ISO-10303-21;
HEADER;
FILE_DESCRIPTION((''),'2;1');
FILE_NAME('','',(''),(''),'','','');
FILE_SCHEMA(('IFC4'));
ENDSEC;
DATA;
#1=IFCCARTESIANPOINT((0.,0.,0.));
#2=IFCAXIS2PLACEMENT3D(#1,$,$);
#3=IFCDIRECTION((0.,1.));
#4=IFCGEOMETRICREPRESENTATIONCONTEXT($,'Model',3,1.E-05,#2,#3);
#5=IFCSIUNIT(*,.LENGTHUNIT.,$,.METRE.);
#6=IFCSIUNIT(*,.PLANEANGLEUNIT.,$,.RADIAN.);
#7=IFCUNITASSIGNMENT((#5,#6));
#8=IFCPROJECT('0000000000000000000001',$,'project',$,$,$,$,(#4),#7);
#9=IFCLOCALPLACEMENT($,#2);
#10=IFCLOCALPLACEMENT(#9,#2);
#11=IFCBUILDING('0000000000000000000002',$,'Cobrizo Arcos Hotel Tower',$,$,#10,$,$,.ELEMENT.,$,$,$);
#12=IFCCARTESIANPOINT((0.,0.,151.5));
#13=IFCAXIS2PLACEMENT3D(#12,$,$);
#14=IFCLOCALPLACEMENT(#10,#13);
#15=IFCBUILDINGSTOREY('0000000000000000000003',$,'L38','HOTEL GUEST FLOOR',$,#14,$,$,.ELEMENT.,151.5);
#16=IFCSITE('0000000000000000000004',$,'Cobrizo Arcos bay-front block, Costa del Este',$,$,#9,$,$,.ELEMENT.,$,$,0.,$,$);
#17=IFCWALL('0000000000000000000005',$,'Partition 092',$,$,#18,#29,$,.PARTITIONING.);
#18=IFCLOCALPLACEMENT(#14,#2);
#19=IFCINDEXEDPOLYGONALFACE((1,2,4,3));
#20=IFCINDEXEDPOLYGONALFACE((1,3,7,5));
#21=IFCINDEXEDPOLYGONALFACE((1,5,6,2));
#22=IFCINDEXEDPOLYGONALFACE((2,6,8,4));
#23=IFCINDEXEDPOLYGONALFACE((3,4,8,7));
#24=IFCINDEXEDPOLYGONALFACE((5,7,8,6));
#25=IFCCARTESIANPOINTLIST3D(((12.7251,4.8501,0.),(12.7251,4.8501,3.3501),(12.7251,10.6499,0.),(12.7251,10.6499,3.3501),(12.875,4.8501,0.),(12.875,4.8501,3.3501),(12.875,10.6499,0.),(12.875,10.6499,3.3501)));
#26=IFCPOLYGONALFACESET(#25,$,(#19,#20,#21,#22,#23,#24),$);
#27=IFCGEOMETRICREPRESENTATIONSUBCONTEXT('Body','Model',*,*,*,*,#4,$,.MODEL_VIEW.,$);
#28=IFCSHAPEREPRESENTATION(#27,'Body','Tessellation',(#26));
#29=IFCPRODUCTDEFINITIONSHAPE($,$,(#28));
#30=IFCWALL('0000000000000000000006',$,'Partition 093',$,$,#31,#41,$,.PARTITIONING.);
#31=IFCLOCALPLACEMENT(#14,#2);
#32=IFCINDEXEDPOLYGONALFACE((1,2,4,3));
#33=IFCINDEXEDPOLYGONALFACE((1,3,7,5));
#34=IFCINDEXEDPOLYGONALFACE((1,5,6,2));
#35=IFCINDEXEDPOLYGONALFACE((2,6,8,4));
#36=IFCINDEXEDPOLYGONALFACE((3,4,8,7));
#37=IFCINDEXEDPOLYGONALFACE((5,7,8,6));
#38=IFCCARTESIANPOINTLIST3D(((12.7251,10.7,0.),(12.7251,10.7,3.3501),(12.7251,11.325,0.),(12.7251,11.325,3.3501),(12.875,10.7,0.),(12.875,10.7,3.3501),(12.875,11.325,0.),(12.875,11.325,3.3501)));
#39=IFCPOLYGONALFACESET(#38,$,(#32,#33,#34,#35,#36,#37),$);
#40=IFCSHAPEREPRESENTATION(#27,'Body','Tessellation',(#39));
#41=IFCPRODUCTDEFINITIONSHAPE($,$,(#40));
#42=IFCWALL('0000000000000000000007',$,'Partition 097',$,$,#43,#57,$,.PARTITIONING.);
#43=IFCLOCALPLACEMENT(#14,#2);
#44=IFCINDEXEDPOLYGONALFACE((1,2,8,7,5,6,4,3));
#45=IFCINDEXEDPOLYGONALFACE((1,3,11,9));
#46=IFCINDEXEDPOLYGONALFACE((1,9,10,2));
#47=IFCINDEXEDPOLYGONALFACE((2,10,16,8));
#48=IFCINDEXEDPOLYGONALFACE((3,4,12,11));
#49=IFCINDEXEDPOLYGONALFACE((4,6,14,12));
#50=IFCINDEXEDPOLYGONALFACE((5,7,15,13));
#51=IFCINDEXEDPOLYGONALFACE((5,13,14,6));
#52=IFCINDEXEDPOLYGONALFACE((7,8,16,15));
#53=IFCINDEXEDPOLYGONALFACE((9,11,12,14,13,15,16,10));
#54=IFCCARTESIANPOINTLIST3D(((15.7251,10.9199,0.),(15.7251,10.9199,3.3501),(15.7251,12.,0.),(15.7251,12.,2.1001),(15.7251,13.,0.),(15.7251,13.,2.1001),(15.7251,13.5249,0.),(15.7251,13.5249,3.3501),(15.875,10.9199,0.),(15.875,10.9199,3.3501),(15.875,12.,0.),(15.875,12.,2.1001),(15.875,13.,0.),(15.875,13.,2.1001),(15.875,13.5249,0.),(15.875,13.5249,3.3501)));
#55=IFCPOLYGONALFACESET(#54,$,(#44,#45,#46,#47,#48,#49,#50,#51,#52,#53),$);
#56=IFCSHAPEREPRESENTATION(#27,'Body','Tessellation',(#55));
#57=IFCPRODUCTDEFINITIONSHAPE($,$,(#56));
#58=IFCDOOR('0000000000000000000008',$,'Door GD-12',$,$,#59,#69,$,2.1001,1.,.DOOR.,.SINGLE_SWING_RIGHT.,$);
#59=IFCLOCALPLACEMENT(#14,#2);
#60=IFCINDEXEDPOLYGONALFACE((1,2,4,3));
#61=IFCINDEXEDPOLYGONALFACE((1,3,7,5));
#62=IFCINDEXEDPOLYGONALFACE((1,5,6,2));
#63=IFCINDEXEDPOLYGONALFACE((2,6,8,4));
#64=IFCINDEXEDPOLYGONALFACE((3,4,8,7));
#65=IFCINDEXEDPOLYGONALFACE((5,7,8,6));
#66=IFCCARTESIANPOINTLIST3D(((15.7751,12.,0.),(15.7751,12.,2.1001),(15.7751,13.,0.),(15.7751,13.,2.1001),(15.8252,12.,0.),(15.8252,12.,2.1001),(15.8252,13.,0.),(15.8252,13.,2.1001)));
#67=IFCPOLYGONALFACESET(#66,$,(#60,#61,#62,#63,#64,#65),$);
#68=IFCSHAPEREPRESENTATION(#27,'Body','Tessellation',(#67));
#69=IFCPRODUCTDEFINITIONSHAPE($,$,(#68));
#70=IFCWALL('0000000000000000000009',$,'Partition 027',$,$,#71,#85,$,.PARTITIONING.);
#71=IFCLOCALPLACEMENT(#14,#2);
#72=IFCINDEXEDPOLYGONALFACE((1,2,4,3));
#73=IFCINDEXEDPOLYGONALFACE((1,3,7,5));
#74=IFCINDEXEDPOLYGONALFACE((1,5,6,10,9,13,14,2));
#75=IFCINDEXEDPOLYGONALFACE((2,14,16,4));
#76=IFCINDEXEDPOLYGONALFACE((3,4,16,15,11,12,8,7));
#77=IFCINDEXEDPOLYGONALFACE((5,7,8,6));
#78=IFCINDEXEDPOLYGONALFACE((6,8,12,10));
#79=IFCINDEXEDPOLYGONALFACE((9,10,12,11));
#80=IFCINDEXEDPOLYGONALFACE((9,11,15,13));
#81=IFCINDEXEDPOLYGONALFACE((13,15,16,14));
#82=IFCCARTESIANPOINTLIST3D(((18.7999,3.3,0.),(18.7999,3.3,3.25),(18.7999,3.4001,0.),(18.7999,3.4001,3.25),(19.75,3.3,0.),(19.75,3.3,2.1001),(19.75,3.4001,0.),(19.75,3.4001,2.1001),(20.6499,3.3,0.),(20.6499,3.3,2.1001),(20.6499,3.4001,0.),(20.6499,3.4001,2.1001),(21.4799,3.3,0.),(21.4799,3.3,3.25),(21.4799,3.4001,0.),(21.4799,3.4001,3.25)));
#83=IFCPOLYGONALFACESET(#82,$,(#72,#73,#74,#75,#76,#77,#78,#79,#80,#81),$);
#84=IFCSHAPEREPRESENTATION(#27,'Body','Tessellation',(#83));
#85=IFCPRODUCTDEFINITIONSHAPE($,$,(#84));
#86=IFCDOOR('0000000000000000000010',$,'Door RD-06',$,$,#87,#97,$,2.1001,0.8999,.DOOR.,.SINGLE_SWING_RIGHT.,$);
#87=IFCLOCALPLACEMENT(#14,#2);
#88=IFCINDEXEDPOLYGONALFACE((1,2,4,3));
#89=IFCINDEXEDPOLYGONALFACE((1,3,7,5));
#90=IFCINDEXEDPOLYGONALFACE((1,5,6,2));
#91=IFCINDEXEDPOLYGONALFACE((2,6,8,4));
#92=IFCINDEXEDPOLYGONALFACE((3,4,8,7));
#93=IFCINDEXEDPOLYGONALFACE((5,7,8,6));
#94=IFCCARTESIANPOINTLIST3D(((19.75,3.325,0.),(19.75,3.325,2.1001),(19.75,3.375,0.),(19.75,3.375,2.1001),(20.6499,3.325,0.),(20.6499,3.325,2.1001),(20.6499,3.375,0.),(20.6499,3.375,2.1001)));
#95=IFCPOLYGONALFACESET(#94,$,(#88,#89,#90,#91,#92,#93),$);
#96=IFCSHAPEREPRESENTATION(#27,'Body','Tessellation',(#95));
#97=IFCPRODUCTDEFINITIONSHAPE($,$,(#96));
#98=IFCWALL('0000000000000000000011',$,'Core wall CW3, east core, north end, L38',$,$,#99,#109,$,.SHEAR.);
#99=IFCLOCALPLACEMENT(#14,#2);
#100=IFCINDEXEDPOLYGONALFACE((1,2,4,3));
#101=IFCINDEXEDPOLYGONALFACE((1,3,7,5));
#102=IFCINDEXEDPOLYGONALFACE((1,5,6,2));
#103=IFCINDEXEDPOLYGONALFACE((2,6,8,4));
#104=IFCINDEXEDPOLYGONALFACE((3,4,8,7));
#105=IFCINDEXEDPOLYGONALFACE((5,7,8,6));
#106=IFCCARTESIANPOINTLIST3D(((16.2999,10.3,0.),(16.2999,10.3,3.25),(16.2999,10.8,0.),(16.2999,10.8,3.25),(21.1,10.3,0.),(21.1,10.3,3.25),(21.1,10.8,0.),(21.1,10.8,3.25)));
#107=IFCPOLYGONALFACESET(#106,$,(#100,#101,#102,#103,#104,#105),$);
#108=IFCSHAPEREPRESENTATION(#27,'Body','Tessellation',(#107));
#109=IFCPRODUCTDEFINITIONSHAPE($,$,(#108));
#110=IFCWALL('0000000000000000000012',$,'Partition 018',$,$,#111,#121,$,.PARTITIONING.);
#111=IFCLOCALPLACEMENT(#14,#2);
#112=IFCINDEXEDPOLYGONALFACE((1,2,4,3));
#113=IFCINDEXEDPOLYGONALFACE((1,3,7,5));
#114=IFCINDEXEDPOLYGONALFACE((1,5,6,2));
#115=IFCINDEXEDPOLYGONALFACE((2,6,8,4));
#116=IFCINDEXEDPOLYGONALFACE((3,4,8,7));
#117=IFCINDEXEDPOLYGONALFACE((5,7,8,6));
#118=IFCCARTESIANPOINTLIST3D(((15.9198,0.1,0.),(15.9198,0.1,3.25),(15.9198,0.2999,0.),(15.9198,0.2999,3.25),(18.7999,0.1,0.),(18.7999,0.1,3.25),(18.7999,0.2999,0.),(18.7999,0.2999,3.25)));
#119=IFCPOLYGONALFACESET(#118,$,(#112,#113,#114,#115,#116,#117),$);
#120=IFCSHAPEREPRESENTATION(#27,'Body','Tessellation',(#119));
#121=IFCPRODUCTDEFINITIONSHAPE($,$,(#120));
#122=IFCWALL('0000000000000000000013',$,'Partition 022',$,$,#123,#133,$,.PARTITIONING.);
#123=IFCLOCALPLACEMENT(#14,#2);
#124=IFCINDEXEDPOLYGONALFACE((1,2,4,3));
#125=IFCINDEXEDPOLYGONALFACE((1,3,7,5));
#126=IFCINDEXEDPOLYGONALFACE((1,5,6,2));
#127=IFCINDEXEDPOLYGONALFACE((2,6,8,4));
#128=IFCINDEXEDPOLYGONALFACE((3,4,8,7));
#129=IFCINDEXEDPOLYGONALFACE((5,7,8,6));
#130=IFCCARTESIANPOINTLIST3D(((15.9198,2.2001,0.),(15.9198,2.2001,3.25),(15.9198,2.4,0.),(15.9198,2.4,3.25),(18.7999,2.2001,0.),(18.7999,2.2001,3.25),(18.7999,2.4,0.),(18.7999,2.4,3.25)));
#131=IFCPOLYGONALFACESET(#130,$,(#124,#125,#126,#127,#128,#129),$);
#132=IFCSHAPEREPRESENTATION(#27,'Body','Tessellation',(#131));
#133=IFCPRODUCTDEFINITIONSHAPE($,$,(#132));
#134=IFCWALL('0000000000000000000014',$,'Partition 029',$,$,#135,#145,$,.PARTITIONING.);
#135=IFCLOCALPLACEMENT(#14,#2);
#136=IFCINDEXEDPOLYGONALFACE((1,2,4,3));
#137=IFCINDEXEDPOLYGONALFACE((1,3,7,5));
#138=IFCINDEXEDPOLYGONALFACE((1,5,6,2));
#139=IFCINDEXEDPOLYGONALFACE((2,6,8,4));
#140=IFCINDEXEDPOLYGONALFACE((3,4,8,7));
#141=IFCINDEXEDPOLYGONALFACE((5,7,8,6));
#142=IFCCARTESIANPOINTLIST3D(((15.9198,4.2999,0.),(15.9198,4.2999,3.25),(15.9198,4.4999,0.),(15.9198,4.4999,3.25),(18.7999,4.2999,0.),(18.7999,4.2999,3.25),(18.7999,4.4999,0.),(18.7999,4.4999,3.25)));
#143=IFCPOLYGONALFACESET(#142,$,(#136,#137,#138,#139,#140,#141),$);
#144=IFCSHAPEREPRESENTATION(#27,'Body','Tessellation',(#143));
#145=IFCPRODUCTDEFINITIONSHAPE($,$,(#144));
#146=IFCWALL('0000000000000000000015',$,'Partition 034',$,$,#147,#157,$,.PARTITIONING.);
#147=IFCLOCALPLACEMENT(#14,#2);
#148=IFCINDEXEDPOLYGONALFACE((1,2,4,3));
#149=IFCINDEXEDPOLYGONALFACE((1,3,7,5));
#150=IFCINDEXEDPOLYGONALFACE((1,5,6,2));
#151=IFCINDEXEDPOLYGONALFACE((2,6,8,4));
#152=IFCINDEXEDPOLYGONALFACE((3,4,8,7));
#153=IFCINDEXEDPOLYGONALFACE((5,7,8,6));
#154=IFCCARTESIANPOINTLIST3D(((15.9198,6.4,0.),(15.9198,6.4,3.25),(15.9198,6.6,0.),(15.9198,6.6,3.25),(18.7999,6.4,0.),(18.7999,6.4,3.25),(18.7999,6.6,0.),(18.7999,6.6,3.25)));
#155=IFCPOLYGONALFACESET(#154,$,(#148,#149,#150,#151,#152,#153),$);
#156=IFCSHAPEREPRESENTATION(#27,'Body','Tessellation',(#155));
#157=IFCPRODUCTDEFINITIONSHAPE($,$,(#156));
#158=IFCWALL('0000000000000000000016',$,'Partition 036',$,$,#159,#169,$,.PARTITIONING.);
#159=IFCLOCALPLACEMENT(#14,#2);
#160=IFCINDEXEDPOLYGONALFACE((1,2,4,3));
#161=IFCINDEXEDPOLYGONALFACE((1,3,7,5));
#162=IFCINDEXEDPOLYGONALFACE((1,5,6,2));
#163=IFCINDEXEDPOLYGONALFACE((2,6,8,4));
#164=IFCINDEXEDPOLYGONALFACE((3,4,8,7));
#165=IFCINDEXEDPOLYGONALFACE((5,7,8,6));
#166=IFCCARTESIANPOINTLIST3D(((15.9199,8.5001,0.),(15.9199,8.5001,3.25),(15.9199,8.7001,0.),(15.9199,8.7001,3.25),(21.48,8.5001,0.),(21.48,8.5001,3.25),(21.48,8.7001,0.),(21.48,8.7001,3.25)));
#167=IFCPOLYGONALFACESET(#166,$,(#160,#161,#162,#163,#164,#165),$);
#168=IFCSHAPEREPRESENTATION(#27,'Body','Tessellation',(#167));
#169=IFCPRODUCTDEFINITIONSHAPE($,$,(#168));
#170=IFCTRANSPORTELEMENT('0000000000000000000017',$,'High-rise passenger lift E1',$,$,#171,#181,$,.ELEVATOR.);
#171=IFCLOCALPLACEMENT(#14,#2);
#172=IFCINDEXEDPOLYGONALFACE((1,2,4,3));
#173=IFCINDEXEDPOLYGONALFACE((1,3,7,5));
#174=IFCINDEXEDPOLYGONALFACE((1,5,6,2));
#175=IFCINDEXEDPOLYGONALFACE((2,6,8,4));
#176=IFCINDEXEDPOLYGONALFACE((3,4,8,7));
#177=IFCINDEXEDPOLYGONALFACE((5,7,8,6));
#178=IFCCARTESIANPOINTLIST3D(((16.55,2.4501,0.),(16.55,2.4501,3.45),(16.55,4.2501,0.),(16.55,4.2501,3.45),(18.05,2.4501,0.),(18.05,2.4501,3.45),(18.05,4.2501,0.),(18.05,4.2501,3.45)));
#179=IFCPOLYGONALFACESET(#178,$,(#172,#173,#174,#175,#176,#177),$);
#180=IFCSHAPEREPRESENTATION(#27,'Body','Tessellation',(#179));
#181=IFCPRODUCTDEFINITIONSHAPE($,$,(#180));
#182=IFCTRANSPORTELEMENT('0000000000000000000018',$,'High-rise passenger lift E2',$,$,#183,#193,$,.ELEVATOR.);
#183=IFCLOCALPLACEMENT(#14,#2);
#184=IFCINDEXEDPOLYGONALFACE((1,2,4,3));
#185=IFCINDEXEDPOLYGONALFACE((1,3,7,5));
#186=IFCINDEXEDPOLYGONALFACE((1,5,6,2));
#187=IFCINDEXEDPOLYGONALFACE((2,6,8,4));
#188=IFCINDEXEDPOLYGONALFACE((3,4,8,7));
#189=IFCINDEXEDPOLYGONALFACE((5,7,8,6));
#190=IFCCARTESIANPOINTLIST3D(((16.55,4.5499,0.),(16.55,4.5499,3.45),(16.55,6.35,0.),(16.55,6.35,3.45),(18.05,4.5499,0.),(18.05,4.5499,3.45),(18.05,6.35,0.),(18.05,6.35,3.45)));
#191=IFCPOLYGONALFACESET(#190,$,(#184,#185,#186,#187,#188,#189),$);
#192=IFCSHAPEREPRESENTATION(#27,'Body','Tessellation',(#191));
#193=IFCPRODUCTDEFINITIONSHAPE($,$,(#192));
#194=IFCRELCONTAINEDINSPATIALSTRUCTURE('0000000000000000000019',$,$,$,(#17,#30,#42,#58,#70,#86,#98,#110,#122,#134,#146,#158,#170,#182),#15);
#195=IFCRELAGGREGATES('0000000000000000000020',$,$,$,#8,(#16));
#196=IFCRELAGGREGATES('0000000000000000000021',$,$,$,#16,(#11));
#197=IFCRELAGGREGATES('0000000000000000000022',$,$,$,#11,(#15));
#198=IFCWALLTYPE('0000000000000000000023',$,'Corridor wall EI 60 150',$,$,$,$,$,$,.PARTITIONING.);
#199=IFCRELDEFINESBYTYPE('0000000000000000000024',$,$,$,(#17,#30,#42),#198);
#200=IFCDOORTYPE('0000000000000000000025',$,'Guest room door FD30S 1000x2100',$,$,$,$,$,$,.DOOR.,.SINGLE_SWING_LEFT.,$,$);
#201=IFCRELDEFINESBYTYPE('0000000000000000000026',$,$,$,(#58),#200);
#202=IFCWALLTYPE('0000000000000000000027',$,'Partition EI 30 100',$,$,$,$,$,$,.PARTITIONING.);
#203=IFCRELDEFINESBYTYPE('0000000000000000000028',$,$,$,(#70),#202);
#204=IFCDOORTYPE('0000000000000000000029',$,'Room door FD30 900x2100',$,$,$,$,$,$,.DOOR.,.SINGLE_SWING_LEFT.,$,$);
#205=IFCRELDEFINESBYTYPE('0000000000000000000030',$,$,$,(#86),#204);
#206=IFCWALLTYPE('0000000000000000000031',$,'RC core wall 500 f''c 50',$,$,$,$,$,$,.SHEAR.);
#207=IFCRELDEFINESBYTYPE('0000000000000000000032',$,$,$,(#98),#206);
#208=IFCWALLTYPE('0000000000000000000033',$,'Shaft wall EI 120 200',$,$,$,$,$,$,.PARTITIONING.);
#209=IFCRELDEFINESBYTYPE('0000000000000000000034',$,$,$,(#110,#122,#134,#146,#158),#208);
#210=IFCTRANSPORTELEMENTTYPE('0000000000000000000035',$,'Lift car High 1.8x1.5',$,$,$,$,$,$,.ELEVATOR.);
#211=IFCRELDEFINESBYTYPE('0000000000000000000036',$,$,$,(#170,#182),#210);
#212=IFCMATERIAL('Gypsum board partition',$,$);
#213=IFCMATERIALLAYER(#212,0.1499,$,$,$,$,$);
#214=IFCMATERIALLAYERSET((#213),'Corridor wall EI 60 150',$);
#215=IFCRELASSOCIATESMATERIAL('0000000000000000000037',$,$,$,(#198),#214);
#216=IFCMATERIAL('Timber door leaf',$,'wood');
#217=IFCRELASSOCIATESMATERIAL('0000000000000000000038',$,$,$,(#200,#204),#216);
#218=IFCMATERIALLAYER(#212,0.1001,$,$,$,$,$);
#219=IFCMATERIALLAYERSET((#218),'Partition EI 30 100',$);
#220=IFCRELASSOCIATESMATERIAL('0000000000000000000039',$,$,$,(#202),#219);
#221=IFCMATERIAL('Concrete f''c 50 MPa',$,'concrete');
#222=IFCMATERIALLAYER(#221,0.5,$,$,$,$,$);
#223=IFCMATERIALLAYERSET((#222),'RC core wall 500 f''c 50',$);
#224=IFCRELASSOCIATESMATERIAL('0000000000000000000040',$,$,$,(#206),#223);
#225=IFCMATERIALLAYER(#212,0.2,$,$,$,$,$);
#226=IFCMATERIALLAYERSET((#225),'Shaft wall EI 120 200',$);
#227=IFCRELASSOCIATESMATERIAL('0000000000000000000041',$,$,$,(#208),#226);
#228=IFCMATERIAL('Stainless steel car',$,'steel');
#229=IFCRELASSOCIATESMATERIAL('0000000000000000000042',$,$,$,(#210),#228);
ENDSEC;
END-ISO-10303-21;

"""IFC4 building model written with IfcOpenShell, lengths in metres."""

from ifc_helpers import new_model, si_unit, direction, frame, frame_2d, origin, origin_2d, place, context, subcontext, project, spatial, rectangle, extrude, material, layer, layer_set, type_object, element, fill, save


model = new_model("IFC4")

# Units and contexts
model_context = context("Model", 3, precision=1e-05, world=origin(), true_north=direction((0.0, 1.0)))
body_context = subcontext(model_context, "Body", "Model", "MODEL_VIEW")
ifc_project = project(units=[si_unit("LENGTHUNIT", "METRE"), si_unit("PLANEANGLEUNIT", "RADIAN")], contexts=[model_context])

# Site, building, storey
site_placement = place(None, origin())
site = spatial("IfcSite", under=ifc_project, at=site_placement, Name="Cobrizo Arcos bay-front block, Costa del Este", CompositionType="ELEMENT", RefElevation=0.0)
building_placement = place(site_placement, origin())
building = spatial("IfcBuilding", under=site, at=building_placement, Name="Cobrizo Arcos Hotel Tower", CompositionType="ELEMENT")
storey_placement = place(building_placement, frame((0.0, 0.0, 151.5)))
storey = spatial("IfcBuildingStorey", under=building, at=storey_placement, Name="L38", Description="HOTEL GUEST FLOOR", CompositionType="ELEMENT", Elevation=151.5)

# Walls
ifc_material_1 = material(Name="Gypsum board partition")
ifc_layer_1 = layer(ifc_material_1, 0.1499)
ifc_layer_set_1 = layer_set([ifc_layer_1], Name="Corridor wall EI 60 150")
wall_type_1 = type_object("IfcWallType", Name="Corridor wall EI 60 150", PredefinedType="PARTITIONING", material=ifc_layer_set_1)
wall_1_placement = place(storey_placement, frame((12.8, 4.8501, 0.0), z_axis=(0.0, 0.0, 1.0), x_axis=(0.0, 1.0, 0.0)))
element("IfcWall", 1, at=wall_1_placement, inside=storey, type_object=wall_type_1, Name="Partition 092", PredefinedType="PARTITIONING", context=body_context, shape_type="SweptSolid", body=[
    extrude(rectangle(XDim=5.7998, YDim=0.1499, at=frame_2d((2.8999, 0.0))), origin(), (0.0, 0.0, 1.0), 3.3501),
])
wall_2_placement = place(storey_placement, frame((12.8, 10.7, 0.0), z_axis=(0.0, 0.0, 1.0), x_axis=(0.0, 1.0, 0.0)))
element("IfcWall", 2, at=wall_2_placement, inside=storey, type_object=wall_type_1, Name="Partition 093", PredefinedType="PARTITIONING", context=body_context, shape_type="SweptSolid", body=[
    extrude(rectangle(XDim=0.625, YDim=0.1499, at=frame_2d((0.3125, 0.0))), origin(), (0.0, 0.0, 1.0), 3.3501),
])

# Walls, openings, doors
wall_3_placement = place(storey_placement, frame((15.8, 10.9199, 0.0), z_axis=(0.0, 0.0, 1.0), x_axis=(0.0, 1.0, 0.0)))
wall_3 = element("IfcWall", 3, at=wall_3_placement, inside=storey, type_object=wall_type_1, Name="Partition 097", PredefinedType="PARTITIONING", context=body_context, shape_type="SweptSolid", body=[
    extrude(rectangle(XDim=2.605, YDim=0.1499, at=frame_2d((1.3025, 0.0))), origin(), (0.0, 0.0, 1.0), 3.3501),
])
opening_1_placement = place(wall_3_placement, frame((1.0801, 0.0, 0.0)))
opening_1 = element("IfcOpeningElement", 4, at=opening_1_placement, cuts=wall_3, PredefinedType="OPENING", context=body_context, shape_type="SweptSolid", body=[
    extrude(rectangle(XDim=1.0, YDim=2.1001, at=frame_2d((0.5, 1.05))), frame((0.0, 0.0869, 0.0), z_axis=(0.0, -1.0, 0.0), x_axis=(1.0, 0.0, 0.0)), (0.0, 0.0, 1.0), 0.1738),
])
ifc_material_2 = material(Name="Timber door leaf", Category="wood")
door_type_1 = type_object("IfcDoorType", Name="Guest room door FD30S 1000x2100", OperationType="SINGLE_SWING_LEFT", PredefinedType="DOOR", material=ifc_material_2)
door_1_placement = place(opening_1_placement, origin())
door_1 = element("IfcDoor", 5, at=door_1_placement, inside=storey, type_object=door_type_1, Name="Door GD-12", OperationType="SINGLE_SWING_RIGHT", OverallHeight=2.1001, OverallWidth=1.0, PredefinedType="DOOR", context=body_context, shape_type="SweptSolid", body=[
    extrude(rectangle(XDim=1.0, YDim=2.1001, at=frame_2d((0.5, 1.05))), frame((0.0, 0.0249, 0.0), z_axis=(0.0, -1.0, 0.0), x_axis=(1.0, 0.0, 0.0)), (0.0, 0.0, 1.0), 0.05),
])
fill(opening_1, door_1)
ifc_layer_2 = layer(ifc_material_1, 0.1001)
ifc_layer_set_2 = layer_set([ifc_layer_2], Name="Partition EI 30 100")
wall_type_2 = type_object("IfcWallType", Name="Partition EI 30 100", PredefinedType="PARTITIONING", material=ifc_layer_set_2)
wall_4_placement = place(storey_placement, frame((18.8, 3.3501, 0.0), z_axis=(0.0, 0.0, 1.0), x_axis=(1.0, 0.0, 0.0)))
wall_4 = element("IfcWall", 6, at=wall_4_placement, inside=storey, type_object=wall_type_2, Name="Partition 027", PredefinedType="PARTITIONING", context=body_context, shape_type="SweptSolid", body=[
    extrude(rectangle(XDim=2.6799, YDim=0.1001, at=frame_2d((1.3398, 0.0))), origin(), (0.0, 0.0, 1.0), 3.25),
])
opening_2_placement = place(wall_4_placement, frame((0.95, 0.0, 0.0)))
opening_2 = element("IfcOpeningElement", 7, at=opening_2_placement, cuts=wall_4, PredefinedType="OPENING", context=body_context, shape_type="SweptSolid", body=[
    extrude(rectangle(XDim=0.8999, YDim=2.1001, at=frame_2d((0.45, 1.05))), frame((0.0, 0.062, 0.0), z_axis=(0.0, -1.0, 0.0), x_axis=(1.0, 0.0, 0.0)), (0.0, 0.0, 1.0), 0.124),
])
door_type_2 = type_object("IfcDoorType", Name="Room door FD30 900x2100", OperationType="SINGLE_SWING_LEFT", PredefinedType="DOOR", material=ifc_material_2)
door_2_placement = place(opening_2_placement, origin())
door_2 = element("IfcDoor", 8, at=door_2_placement, inside=storey, type_object=door_type_2, Name="Door RD-06", OperationType="SINGLE_SWING_RIGHT", OverallHeight=2.1001, OverallWidth=0.8999, PredefinedType="DOOR", context=body_context, shape_type="SweptSolid", body=[
    extrude(rectangle(XDim=0.8999, YDim=2.1001, at=frame_2d((0.45, 1.05))), frame((0.0, 0.0249, 0.0), z_axis=(0.0, -1.0, 0.0), x_axis=(1.0, 0.0, 0.0)), (0.0, 0.0, 1.0), 0.05),
])
fill(opening_2, door_2)

# Walls
ifc_material_3 = material(Name="Concrete f'c 50 MPa", Category="concrete")
ifc_layer_3 = layer(ifc_material_3, 0.5)
ifc_layer_set_3 = layer_set([ifc_layer_3], Name="RC core wall 500 f'c 50")
wall_type_3 = type_object("IfcWallType", Name="RC core wall 500 f'c 50", PredefinedType="SHEAR", material=ifc_layer_set_3)
wall_5_placement = place(storey_placement, frame((16.3, 10.55, 0.0), z_axis=(0.0, 0.0, 1.0), x_axis=(1.0, 0.0, 0.0)))
element("IfcWall", 9, at=wall_5_placement, inside=storey, type_object=wall_type_3, Name="Core wall CW3, east core, north end, L38", PredefinedType="SHEAR", context=body_context, shape_type="SweptSolid", body=[
    extrude(rectangle(XDim=4.8, YDim=0.5, at=frame_2d((2.3999, 0.0))), origin(), (0.0, 0.0, 1.0), 3.25),
])
ifc_layer_4 = layer(ifc_material_1, 0.2)
ifc_layer_set_4 = layer_set([ifc_layer_4], Name="Shaft wall EI 120 200")
wall_type_4 = type_object("IfcWallType", Name="Shaft wall EI 120 200", PredefinedType="PARTITIONING", material=ifc_layer_set_4)
for number, where, z_axis, x_axis, name in (
    (10, (15.9199, 0.2, 0.0), (0.0, 0.0, 1.0), (1.0, 0.0, 0.0), "Partition 018"),
    (11, (15.9199, 2.3, 0.0), (0.0, 0.0, 1.0), (1.0, 0.0, 0.0), "Partition 022"),
    (12, (15.9199, 4.3999, 0.0), (0.0, 0.0, 1.0), (1.0, 0.0, 0.0), "Partition 029"),
    (13, (15.9199, 6.5, 0.0), (0.0, 0.0, 1.0), (1.0, 0.0, 0.0), "Partition 034"),
):
    element("IfcWall", number, at=place(storey_placement, frame(where, z_axis=z_axis, x_axis=x_axis)), inside=storey, type_object=wall_type_4, Name=name, PredefinedType="PARTITIONING", context=body_context, shape_type="SweptSolid", body=[
        extrude(rectangle(XDim=2.8801, YDim=0.2, at=frame_2d((1.4399, 0.0))), origin(), (0.0, 0.0, 1.0), 3.25),
    ])
wall_6_placement = place(storey_placement, frame((15.9199, 8.6001, 0.0), z_axis=(0.0, 0.0, 1.0), x_axis=(1.0, 0.0, 0.0)))
element("IfcWall", 14, at=wall_6_placement, inside=storey, type_object=wall_type_4, Name="Partition 036", PredefinedType="PARTITIONING", context=body_context, shape_type="SweptSolid", body=[
    extrude(rectangle(XDim=5.5601, YDim=0.2, at=frame_2d((2.78, 0.0))), origin(), (0.0, 0.0, 1.0), 3.25),
])

# Transport elements
ifc_material_4 = material(Name="Stainless steel car", Category="steel")
transport_element_type = type_object("IfcTransportElementType", Name="Lift car High 1.8x1.5", PredefinedType="ELEVATOR", material=ifc_material_4)
for number, where, z_axis, x_axis, name in (
    (15, (17.3, 3.3501, 0.0), (0.0, 0.0, 1.0), (1.0, 0.0, 0.0), "High-rise passenger lift E1"),
    (16, (17.3, 5.45, 0.0), (0.0, 0.0, 1.0), (1.0, 0.0, 0.0), "High-rise passenger lift E2"),
):
    element("IfcTransportElement", number, at=place(storey_placement, frame(where, z_axis=z_axis, x_axis=x_axis)), inside=storey, type_object=transport_element_type, Name=name, PredefinedType="ELEVATOR", context=body_context, shape_type="SweptSolid", body=[
        extrude(rectangle(XDim=1.5, YDim=1.8, at=origin_2d()), origin(), (0.0, 0.0, 1.0), 3.45),
    ])

save(model, "model.ifc")
